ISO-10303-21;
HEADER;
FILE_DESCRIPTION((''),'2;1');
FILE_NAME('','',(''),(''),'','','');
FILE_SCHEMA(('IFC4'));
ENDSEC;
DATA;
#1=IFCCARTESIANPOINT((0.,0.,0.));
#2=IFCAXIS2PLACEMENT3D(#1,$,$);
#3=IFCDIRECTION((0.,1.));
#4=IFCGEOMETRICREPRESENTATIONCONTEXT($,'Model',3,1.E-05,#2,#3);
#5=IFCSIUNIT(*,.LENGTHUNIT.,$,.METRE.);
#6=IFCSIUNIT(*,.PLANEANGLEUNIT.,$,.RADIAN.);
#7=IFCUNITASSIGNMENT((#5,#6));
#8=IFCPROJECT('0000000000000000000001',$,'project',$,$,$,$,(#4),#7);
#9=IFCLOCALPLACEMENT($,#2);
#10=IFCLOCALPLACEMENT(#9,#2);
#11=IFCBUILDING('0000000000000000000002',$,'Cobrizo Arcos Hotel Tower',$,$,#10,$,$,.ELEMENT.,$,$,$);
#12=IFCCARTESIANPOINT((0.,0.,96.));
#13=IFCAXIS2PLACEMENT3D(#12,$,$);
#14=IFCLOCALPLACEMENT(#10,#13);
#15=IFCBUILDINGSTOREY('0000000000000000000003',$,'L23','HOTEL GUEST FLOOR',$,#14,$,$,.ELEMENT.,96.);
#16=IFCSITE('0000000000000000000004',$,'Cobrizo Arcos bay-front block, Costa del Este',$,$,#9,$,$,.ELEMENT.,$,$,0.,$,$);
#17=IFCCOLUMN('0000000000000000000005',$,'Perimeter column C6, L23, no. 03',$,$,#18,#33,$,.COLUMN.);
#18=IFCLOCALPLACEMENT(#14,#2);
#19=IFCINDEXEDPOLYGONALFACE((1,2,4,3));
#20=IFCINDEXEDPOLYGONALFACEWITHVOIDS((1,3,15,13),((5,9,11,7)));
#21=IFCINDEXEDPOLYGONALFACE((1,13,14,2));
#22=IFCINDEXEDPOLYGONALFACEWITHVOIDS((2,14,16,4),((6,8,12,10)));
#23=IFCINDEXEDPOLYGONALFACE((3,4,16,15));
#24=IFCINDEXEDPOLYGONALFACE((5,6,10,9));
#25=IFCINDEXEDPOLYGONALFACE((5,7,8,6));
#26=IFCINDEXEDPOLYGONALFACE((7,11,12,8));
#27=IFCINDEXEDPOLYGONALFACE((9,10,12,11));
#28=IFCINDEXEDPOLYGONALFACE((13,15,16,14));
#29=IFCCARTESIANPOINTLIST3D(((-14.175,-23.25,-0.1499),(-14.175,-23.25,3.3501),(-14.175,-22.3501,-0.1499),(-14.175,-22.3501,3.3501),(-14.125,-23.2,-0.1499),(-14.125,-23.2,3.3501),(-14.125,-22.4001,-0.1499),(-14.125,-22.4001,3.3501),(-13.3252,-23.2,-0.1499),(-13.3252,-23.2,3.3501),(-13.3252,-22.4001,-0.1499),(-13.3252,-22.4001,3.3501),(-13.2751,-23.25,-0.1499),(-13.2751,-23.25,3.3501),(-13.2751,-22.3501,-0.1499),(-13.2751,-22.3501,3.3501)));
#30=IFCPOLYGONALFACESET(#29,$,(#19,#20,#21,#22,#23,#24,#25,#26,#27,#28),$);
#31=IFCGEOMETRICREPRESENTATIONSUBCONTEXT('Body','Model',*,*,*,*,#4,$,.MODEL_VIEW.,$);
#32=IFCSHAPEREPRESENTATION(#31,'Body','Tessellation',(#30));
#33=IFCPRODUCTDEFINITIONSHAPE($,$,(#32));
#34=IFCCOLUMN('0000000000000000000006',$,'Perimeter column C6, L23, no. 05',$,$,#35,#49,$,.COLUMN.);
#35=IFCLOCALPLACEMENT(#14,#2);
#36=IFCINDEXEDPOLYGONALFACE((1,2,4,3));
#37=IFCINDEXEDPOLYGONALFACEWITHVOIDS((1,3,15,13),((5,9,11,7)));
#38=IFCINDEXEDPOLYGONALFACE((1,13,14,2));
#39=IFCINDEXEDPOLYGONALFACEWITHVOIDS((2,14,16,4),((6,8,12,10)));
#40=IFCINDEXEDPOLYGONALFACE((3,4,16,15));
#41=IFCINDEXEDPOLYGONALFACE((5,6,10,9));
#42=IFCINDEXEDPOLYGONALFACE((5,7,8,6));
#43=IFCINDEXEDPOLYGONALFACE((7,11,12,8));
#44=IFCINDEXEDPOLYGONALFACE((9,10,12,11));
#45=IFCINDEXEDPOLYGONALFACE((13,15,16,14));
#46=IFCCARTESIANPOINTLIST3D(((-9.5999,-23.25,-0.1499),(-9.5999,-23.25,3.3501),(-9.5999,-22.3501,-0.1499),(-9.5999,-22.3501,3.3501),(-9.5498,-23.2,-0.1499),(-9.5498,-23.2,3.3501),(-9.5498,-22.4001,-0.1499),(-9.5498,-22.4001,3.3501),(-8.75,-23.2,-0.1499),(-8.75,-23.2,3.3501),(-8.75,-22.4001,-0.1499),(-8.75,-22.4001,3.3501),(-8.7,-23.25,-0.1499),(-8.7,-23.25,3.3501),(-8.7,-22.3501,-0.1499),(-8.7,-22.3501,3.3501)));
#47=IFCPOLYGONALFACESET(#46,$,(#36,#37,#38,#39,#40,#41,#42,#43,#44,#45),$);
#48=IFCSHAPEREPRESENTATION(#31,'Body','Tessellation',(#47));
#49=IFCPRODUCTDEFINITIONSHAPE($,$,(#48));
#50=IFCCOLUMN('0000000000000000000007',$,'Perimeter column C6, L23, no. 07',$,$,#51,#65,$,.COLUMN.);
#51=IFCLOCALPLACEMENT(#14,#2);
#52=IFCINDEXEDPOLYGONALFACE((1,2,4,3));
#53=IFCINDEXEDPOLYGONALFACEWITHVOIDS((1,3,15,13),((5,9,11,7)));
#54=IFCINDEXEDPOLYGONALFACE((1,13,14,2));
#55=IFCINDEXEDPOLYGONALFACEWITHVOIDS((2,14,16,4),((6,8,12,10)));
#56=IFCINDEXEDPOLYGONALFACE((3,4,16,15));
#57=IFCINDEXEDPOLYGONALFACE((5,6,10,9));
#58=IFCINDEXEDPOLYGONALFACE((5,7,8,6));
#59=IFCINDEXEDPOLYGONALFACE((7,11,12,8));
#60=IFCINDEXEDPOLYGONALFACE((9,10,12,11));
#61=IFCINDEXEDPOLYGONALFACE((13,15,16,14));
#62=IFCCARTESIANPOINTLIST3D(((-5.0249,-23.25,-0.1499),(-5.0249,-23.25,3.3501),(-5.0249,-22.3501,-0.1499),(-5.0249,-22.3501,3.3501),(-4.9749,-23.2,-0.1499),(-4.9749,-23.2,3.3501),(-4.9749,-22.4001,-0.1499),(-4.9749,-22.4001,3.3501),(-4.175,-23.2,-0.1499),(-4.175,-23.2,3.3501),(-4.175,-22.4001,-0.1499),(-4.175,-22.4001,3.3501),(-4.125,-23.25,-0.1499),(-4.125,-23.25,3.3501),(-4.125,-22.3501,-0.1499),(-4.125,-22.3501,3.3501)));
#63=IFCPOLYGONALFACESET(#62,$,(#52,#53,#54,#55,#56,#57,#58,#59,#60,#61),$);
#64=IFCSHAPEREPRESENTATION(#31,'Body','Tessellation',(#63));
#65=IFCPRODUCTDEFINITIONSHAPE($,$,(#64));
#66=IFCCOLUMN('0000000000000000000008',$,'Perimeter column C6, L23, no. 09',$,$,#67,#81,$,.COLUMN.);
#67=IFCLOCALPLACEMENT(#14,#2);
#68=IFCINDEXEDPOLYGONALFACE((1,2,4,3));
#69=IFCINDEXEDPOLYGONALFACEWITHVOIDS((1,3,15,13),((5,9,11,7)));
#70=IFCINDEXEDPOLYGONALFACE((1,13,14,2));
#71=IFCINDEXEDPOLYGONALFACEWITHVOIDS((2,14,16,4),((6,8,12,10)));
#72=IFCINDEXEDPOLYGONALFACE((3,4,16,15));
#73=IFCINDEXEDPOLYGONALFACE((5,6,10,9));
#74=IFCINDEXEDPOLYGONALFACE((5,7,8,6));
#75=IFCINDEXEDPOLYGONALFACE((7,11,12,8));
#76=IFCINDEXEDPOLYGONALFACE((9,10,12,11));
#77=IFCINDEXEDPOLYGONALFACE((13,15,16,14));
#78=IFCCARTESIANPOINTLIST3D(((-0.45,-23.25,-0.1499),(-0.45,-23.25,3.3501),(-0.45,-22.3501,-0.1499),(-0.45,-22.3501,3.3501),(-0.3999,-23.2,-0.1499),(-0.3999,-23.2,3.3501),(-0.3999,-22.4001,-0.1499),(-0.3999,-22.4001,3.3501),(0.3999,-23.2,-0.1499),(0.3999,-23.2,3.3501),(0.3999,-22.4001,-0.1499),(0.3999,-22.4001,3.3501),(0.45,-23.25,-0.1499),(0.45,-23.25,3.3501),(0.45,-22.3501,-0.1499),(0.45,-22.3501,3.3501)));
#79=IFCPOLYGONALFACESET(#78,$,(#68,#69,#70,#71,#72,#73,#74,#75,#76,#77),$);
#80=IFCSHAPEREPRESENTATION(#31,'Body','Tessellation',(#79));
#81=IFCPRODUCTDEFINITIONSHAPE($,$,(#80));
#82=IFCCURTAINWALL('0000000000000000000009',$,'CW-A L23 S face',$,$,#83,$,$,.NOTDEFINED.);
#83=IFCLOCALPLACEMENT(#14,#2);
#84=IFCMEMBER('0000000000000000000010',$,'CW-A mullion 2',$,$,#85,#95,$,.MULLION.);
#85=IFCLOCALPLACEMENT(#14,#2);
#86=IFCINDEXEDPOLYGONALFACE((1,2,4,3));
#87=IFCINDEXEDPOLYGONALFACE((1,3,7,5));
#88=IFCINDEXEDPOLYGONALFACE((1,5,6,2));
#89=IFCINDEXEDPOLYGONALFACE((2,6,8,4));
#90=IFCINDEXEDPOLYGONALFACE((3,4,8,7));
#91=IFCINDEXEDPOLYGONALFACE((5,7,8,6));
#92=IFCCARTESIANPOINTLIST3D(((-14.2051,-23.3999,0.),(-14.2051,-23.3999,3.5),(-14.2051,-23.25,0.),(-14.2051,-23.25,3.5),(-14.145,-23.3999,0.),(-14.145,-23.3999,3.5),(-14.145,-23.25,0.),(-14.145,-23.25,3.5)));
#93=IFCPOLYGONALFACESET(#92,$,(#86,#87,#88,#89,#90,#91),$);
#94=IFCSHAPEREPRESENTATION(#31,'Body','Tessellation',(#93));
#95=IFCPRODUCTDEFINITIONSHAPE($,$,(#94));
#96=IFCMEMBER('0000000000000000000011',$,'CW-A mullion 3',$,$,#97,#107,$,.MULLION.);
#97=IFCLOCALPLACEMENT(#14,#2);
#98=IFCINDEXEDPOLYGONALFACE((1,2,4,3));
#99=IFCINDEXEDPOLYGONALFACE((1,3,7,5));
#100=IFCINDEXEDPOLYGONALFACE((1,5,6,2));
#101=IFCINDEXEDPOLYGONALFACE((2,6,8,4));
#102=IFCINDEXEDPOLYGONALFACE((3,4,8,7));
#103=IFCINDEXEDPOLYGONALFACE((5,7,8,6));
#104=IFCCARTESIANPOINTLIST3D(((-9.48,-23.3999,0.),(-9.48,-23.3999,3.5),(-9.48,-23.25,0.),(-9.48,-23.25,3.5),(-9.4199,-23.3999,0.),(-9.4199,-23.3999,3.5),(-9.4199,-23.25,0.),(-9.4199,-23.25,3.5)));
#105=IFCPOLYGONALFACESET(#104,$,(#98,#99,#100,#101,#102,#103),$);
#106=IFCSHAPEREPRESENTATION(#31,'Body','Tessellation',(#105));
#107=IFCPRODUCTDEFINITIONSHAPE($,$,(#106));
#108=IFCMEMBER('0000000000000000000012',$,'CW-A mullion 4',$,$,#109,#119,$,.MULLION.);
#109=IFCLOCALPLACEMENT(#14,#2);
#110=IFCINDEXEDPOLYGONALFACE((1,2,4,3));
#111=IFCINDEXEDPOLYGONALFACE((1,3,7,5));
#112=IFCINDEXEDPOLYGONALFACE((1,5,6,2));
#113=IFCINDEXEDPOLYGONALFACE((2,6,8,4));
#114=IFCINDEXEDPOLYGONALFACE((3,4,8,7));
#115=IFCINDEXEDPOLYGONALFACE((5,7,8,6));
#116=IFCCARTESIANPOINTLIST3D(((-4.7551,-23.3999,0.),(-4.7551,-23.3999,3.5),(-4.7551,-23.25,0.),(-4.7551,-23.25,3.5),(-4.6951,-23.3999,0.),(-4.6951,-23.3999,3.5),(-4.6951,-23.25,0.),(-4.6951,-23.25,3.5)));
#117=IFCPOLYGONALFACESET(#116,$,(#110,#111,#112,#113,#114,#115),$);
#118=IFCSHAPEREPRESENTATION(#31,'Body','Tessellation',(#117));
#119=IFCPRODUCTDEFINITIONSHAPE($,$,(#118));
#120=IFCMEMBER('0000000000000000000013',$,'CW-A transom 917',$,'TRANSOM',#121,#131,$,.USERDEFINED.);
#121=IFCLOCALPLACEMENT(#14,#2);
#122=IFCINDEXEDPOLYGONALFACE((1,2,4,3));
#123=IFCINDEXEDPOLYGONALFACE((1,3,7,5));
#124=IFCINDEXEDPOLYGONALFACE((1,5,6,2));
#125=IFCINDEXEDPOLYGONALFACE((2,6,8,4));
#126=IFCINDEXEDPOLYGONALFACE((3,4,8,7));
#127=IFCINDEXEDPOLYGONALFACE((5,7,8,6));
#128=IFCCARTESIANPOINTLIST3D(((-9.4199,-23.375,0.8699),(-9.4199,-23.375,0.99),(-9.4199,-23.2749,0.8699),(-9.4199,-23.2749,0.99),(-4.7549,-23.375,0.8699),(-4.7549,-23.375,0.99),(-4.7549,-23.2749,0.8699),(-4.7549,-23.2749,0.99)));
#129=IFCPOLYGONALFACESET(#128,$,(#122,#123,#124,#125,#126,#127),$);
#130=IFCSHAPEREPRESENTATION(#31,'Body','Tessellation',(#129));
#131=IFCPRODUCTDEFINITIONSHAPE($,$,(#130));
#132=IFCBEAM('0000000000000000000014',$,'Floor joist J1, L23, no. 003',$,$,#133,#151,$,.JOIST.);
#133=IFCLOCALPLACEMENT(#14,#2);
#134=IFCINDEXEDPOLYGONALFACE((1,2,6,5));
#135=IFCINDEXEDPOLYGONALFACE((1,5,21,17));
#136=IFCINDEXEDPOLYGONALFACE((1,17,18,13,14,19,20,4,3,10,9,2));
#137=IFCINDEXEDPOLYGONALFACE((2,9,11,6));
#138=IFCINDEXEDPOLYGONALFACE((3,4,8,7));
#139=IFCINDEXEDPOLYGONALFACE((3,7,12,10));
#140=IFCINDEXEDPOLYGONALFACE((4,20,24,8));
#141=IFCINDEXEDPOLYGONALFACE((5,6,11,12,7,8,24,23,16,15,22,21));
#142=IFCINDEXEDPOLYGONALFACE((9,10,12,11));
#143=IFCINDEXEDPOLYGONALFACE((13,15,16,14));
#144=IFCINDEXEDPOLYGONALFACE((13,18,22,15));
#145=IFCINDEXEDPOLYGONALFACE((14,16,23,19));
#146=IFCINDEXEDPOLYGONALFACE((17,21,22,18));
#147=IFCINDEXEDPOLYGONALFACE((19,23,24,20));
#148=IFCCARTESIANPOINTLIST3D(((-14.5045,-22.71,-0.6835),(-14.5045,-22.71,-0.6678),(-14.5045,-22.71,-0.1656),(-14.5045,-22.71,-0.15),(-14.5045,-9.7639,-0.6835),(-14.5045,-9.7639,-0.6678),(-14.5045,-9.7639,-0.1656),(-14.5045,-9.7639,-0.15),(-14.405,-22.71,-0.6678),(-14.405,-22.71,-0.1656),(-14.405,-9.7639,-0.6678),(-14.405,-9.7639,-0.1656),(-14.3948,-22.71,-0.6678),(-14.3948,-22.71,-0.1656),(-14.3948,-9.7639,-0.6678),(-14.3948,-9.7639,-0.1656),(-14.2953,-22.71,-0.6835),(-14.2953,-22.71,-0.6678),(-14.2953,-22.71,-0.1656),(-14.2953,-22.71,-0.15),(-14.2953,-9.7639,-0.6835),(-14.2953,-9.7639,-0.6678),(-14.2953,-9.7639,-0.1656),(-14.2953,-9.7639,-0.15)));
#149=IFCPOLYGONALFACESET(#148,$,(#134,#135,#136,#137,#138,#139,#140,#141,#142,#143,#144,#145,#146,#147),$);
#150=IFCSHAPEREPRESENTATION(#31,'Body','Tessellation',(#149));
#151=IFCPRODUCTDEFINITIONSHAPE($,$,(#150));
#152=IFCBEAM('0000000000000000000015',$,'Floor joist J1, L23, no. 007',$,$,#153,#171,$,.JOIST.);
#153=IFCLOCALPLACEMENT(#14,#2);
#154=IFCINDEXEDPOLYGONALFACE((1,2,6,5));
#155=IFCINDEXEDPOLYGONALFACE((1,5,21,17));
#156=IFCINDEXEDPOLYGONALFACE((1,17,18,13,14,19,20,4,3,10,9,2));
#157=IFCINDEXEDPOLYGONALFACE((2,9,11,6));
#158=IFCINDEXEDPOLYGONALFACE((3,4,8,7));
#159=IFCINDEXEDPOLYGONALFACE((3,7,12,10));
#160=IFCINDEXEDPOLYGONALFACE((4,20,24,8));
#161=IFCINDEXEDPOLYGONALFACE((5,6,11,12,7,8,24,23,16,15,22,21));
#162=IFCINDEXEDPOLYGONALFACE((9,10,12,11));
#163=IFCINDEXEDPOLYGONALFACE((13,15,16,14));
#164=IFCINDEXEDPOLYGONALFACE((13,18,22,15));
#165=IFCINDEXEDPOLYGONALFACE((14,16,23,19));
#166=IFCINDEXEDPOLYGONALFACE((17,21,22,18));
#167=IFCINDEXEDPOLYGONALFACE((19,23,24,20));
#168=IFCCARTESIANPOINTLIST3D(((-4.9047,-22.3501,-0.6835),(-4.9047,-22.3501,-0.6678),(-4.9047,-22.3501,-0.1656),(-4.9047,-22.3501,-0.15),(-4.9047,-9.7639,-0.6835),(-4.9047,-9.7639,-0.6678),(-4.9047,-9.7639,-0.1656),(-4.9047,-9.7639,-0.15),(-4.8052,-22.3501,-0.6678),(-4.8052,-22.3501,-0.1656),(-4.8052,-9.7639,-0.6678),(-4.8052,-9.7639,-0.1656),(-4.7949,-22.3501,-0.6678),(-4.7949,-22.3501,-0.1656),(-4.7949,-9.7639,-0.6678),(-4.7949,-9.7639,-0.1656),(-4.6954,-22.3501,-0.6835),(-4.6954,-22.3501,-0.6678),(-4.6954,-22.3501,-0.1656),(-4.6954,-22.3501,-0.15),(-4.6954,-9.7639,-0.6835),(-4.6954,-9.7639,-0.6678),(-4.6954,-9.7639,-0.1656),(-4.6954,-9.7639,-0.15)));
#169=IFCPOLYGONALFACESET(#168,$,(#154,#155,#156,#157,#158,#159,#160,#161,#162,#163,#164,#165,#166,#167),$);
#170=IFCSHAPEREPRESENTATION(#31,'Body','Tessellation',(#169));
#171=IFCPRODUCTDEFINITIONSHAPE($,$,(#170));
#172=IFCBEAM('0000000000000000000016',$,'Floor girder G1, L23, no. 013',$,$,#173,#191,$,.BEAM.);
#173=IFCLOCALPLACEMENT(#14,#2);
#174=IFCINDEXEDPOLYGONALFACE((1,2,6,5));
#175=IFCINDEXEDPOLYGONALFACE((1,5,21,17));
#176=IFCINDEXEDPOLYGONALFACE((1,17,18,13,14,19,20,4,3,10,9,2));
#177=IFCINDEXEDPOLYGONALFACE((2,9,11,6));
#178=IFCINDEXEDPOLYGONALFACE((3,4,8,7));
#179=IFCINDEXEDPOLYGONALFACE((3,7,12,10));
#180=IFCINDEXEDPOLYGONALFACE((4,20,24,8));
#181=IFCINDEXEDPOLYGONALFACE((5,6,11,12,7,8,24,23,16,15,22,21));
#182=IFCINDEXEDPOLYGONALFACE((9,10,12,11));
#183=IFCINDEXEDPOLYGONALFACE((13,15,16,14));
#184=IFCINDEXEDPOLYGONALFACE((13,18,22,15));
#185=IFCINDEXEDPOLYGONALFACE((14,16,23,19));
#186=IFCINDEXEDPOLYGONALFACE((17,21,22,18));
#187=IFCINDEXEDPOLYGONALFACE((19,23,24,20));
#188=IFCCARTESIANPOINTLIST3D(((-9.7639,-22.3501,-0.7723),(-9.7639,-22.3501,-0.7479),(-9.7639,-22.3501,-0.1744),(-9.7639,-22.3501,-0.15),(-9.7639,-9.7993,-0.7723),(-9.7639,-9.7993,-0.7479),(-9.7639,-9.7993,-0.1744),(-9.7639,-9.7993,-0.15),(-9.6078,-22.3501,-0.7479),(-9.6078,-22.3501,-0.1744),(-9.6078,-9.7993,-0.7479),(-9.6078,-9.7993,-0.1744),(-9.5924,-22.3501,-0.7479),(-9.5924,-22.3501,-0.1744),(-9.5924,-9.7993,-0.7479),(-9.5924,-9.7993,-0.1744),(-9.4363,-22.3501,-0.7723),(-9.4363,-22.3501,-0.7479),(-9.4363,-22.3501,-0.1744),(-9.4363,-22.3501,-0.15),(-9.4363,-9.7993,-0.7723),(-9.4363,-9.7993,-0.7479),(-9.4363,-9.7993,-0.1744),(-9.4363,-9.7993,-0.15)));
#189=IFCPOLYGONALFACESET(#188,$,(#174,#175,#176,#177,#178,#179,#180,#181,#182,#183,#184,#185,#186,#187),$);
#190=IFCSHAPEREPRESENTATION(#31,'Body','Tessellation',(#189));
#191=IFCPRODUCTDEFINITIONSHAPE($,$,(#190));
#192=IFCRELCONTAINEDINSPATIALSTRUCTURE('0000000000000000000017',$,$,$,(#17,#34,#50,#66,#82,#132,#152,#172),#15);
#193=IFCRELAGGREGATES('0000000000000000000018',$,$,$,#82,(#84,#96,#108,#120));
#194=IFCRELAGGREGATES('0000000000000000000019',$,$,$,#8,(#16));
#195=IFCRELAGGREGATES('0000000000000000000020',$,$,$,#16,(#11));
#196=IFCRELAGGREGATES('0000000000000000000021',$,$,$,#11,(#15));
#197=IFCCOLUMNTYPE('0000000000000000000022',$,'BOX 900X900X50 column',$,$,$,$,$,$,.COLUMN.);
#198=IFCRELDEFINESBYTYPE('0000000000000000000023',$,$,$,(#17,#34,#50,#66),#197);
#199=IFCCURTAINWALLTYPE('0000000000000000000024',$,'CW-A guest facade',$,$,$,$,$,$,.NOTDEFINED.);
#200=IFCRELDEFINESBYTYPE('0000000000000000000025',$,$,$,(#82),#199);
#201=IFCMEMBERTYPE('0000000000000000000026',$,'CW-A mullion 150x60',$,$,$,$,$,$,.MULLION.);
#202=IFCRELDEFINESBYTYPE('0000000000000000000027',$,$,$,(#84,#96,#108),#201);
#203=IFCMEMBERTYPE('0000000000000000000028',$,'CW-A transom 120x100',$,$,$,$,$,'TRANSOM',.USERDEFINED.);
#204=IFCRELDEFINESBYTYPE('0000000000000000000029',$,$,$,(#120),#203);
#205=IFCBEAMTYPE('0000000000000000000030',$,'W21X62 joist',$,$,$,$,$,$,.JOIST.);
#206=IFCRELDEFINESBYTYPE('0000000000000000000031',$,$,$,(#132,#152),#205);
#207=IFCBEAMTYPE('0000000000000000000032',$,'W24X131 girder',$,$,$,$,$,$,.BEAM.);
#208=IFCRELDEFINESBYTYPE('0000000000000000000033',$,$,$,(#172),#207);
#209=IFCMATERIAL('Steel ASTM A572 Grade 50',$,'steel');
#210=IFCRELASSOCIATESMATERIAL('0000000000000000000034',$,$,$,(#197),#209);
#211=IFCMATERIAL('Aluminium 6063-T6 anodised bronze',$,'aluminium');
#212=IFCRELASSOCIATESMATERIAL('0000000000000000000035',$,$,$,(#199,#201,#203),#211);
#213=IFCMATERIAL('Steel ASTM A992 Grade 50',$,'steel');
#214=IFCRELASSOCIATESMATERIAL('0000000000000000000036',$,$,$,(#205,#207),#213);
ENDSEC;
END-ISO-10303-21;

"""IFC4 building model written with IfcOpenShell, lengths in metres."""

from ifc_helpers import new_model, si_unit, direction, frame, origin, origin_2d, place, context, subcontext, project, spatial, rectangle, hollow_rectangle, i_section, extrude, material, material_profile, profile_set, type_object, element, aggregate, save


model = new_model("IFC4")

# Units and contexts
model_context = context("Model", 3, precision=1e-05, world=origin(), true_north=direction((0.0, 1.0)))
body_context = subcontext(model_context, "Body", "Model", "MODEL_VIEW")
ifc_project = project(units=[si_unit("LENGTHUNIT", "METRE"), si_unit("PLANEANGLEUNIT", "RADIAN")], contexts=[model_context])

# Site, building, storey
site_placement = place(None, origin())
site = spatial("IfcSite", under=ifc_project, at=site_placement, Name="Cobrizo Arcos bay-front block, Costa del Este", CompositionType="ELEMENT", RefElevation=0.0)
building_placement = place(site_placement, origin())
building = spatial("IfcBuilding", under=site, at=building_placement, Name="Cobrizo Arcos Hotel Tower", CompositionType="ELEMENT")
storey_placement = place(building_placement, frame((0.0, 0.0, 96.0)))
storey = spatial("IfcBuildingStorey", under=building, at=storey_placement, Name="L23", Description="HOTEL GUEST FLOOR", CompositionType="ELEMENT", Elevation=96.0)

# Columns
ifc_material_1 = material(Name="Steel ASTM A572 Grade 50", Category="steel")
ifc_material_profile_1 = material_profile(ifc_material_1, hollow_rectangle(XDim=0.8999, YDim=0.8999, WallThickness=0.05, at=origin_2d()), Name="BOX 900X900X50")
ifc_profile_set_1 = profile_set([ifc_material_profile_1], Name="Steel ASTM A572 Grade 50")
column_type = type_object("IfcColumnType", Name="BOX 900X900X50 column", PredefinedType="COLUMN", material=ifc_profile_set_1)
for number, where, z_axis, x_axis, name in (
    (1, (-13.7251, -22.8, -0.1499), (0.0, 0.0, 1.0), (1.0, 0.0, 0.0), "Perimeter column C6, L23, no. 03"),
    (2, (-9.1499, -22.8, -0.1499), (0.0, 0.0, 1.0), (1.0, 0.0, 0.0), "Perimeter column C6, L23, no. 05"),
    (3, (-4.575, -22.8, -0.1499), (0.0, 0.0, 1.0), (1.0, 0.0, 0.0), "Perimeter column C6, L23, no. 07"),
    (4, (0.0, -22.8, -0.1499), (0.0, 0.0, 1.0), (1.0, 0.0, 0.0), "Perimeter column C6, L23, no. 09"),
):
    element("IfcColumn", number, at=place(storey_placement, frame(where, z_axis=z_axis, x_axis=x_axis)), inside=storey, type_object=column_type, Name=name, PredefinedType="COLUMN", context=body_context, shape_type="SweptSolid", body=[
        extrude(hollow_rectangle(XDim=0.8999, YDim=0.8999, WallThickness=0.05, at=origin_2d()), origin(), (0.0, 0.0, 1.0), 3.5),
    ])

# Curtain wall, members
ifc_material_2 = material(Name="Aluminium 6063-T6 anodised bronze", Category="aluminium")
curtain_wall_type = type_object("IfcCurtainWallType", Name="CW-A guest facade", PredefinedType="NOTDEFINED", material=ifc_material_2)
curtain_wall_placement = place(storey_placement, origin())
curtain_wall = element("IfcCurtainWall", 5, at=curtain_wall_placement, inside=storey, type_object=curtain_wall_type, Name="CW-A L23 S face", PredefinedType="NOTDEFINED")
ifc_material_profile_2 = material_profile(ifc_material_2, rectangle(XDim=0.1499, YDim=0.0601, at=origin_2d()), Name="CW-A mullion 150x60")
ifc_profile_set_2 = profile_set([ifc_material_profile_2], Name="Aluminium 6063-T6 anodised bronze")
member_type_1 = type_object("IfcMemberType", Name="CW-A mullion 150x60", PredefinedType="MULLION", material=ifc_profile_set_2)
member_1_placement = place(storey_placement, frame((-14.175, -23.325, 0.0), z_axis=(0.0, 0.0, 1.0), x_axis=(0.0, -1.0, 0.0)))
member_1 = element("IfcMember", 6, at=member_1_placement, type_object=member_type_1, Name="CW-A mullion 2", PredefinedType="MULLION", context=body_context, shape_type="SweptSolid", body=[
    extrude(rectangle(XDim=0.1499, YDim=0.0601, at=origin_2d()), origin(), (0.0, 0.0, 1.0), 3.5),
])
member_2_placement = place(storey_placement, frame((-9.45, -23.325, 0.0), z_axis=(0.0, 0.0, 1.0), x_axis=(0.0, -1.0, 0.0)))
member_2 = element("IfcMember", 7, at=member_2_placement, type_object=member_type_1, Name="CW-A mullion 3", PredefinedType="MULLION", context=body_context, shape_type="SweptSolid", body=[
    extrude(rectangle(XDim=0.1499, YDim=0.0601, at=origin_2d()), origin(), (0.0, 0.0, 1.0), 3.5),
])
member_3_placement = place(storey_placement, frame((-4.7251, -23.325, 0.0), z_axis=(0.0, 0.0, 1.0), x_axis=(0.0, -1.0, 0.0)))
member_3 = element("IfcMember", 8, at=member_3_placement, type_object=member_type_1, Name="CW-A mullion 4", PredefinedType="MULLION", context=body_context, shape_type="SweptSolid", body=[
    extrude(rectangle(XDim=0.1499, YDim=0.0601, at=origin_2d()), origin(), (0.0, 0.0, 1.0), 3.5),
])
ifc_material_profile_3 = material_profile(ifc_material_2, rectangle(XDim=0.1001, YDim=0.1201, at=origin_2d()), Name="CW-A transom 120x100")
ifc_profile_set_3 = profile_set([ifc_material_profile_3], Name="Aluminium 6063-T6 anodised bronze")
member_type_2 = type_object("IfcMemberType", Name="CW-A transom 120x100", ElementType="TRANSOM", PredefinedType="USERDEFINED", material=ifc_profile_set_3)
member_4_placement = place(storey_placement, frame((-9.4199, -23.325, 0.9299), z_axis=(1.0, 0.0, 0.0), x_axis=(0.0, 1.0, 0.0)))
member_4 = element("IfcMember", 9, at=member_4_placement, type_object=member_type_2, Name="CW-A transom 917", ObjectType="TRANSOM", PredefinedType="USERDEFINED", context=body_context, shape_type="SweptSolid", body=[
    extrude(rectangle(XDim=0.1001, YDim=0.1201, at=origin_2d()), origin(), (0.0, 0.0, 1.0), 4.665),
])

# Beams
ifc_material_3 = material(Name="Steel ASTM A992 Grade 50", Category="steel")
ifc_material_profile_4 = material_profile(ifc_material_3, i_section(OverallWidth=0.2092, OverallDepth=0.5334, WebThickness=0.0103, FlangeThickness=0.0156, at=origin_2d()), Name="W21X62")
ifc_profile_set_4 = profile_set([ifc_material_profile_4], Name="Steel ASTM A992 Grade 50")
beam_type_1 = type_object("IfcBeamType", Name="W21X62 joist", PredefinedType="JOIST", material=ifc_profile_set_4)
beam_1_placement = place(storey_placement, frame((-14.3999, -22.71, -0.4167), z_axis=(0.0, 1.0, 0.0), x_axis=(-1.0, 0.0, 0.0)))
element("IfcBeam", 10, at=beam_1_placement, inside=storey, type_object=beam_type_1, Name="Floor joist J1, L23, no. 003", PredefinedType="JOIST", context=body_context, shape_type="SweptSolid", body=[
    extrude(i_section(OverallWidth=0.2092, OverallDepth=0.5334, WebThickness=0.0103, FlangeThickness=0.0156, at=origin_2d()), origin(), (0.0, 0.0, 1.0), 12.946),
])
beam_2_placement = place(storey_placement, frame((-4.8, -22.3501, -0.4167), z_axis=(0.0, 1.0, 0.0), x_axis=(-1.0, 0.0, 0.0)))
element("IfcBeam", 11, at=beam_2_placement, inside=storey, type_object=beam_type_1, Name="Floor joist J1, L23, no. 007", PredefinedType="JOIST", context=body_context, shape_type="SweptSolid", body=[
    extrude(i_section(OverallWidth=0.2092, OverallDepth=0.5334, WebThickness=0.0103, FlangeThickness=0.0156, at=origin_2d()), origin(), (0.0, 0.0, 1.0), 12.5862),
])
ifc_material_profile_5 = material_profile(ifc_material_3, i_section(OverallWidth=0.3276, OverallDepth=0.6223, WebThickness=0.0154, FlangeThickness=0.0244, at=origin_2d()), Name="W24X131")
ifc_profile_set_5 = profile_set([ifc_material_profile_5], Name="Steel ASTM A992 Grade 50")
beam_type_2 = type_object("IfcBeamType", Name="W24X131 girder", PredefinedType="BEAM", material=ifc_profile_set_5)
beam_3_placement = place(storey_placement, frame((-9.6001, -22.3501, -0.4612), z_axis=(0.0, 1.0, 0.0), x_axis=(-1.0, 0.0, 0.0)))
element("IfcBeam", 12, at=beam_3_placement, inside=storey, type_object=beam_type_2, Name="Floor girder G1, L23, no. 013", PredefinedType="BEAM", context=body_context, shape_type="SweptSolid", body=[
    extrude(i_section(OverallWidth=0.3276, OverallDepth=0.6223, WebThickness=0.0154, FlangeThickness=0.0244, at=origin_2d()), origin(), (0.0, 0.0, 1.0), 12.5508),
])

aggregate(curtain_wall, [member_1, member_2, member_3, member_4])

save(model, "model.ifc")
